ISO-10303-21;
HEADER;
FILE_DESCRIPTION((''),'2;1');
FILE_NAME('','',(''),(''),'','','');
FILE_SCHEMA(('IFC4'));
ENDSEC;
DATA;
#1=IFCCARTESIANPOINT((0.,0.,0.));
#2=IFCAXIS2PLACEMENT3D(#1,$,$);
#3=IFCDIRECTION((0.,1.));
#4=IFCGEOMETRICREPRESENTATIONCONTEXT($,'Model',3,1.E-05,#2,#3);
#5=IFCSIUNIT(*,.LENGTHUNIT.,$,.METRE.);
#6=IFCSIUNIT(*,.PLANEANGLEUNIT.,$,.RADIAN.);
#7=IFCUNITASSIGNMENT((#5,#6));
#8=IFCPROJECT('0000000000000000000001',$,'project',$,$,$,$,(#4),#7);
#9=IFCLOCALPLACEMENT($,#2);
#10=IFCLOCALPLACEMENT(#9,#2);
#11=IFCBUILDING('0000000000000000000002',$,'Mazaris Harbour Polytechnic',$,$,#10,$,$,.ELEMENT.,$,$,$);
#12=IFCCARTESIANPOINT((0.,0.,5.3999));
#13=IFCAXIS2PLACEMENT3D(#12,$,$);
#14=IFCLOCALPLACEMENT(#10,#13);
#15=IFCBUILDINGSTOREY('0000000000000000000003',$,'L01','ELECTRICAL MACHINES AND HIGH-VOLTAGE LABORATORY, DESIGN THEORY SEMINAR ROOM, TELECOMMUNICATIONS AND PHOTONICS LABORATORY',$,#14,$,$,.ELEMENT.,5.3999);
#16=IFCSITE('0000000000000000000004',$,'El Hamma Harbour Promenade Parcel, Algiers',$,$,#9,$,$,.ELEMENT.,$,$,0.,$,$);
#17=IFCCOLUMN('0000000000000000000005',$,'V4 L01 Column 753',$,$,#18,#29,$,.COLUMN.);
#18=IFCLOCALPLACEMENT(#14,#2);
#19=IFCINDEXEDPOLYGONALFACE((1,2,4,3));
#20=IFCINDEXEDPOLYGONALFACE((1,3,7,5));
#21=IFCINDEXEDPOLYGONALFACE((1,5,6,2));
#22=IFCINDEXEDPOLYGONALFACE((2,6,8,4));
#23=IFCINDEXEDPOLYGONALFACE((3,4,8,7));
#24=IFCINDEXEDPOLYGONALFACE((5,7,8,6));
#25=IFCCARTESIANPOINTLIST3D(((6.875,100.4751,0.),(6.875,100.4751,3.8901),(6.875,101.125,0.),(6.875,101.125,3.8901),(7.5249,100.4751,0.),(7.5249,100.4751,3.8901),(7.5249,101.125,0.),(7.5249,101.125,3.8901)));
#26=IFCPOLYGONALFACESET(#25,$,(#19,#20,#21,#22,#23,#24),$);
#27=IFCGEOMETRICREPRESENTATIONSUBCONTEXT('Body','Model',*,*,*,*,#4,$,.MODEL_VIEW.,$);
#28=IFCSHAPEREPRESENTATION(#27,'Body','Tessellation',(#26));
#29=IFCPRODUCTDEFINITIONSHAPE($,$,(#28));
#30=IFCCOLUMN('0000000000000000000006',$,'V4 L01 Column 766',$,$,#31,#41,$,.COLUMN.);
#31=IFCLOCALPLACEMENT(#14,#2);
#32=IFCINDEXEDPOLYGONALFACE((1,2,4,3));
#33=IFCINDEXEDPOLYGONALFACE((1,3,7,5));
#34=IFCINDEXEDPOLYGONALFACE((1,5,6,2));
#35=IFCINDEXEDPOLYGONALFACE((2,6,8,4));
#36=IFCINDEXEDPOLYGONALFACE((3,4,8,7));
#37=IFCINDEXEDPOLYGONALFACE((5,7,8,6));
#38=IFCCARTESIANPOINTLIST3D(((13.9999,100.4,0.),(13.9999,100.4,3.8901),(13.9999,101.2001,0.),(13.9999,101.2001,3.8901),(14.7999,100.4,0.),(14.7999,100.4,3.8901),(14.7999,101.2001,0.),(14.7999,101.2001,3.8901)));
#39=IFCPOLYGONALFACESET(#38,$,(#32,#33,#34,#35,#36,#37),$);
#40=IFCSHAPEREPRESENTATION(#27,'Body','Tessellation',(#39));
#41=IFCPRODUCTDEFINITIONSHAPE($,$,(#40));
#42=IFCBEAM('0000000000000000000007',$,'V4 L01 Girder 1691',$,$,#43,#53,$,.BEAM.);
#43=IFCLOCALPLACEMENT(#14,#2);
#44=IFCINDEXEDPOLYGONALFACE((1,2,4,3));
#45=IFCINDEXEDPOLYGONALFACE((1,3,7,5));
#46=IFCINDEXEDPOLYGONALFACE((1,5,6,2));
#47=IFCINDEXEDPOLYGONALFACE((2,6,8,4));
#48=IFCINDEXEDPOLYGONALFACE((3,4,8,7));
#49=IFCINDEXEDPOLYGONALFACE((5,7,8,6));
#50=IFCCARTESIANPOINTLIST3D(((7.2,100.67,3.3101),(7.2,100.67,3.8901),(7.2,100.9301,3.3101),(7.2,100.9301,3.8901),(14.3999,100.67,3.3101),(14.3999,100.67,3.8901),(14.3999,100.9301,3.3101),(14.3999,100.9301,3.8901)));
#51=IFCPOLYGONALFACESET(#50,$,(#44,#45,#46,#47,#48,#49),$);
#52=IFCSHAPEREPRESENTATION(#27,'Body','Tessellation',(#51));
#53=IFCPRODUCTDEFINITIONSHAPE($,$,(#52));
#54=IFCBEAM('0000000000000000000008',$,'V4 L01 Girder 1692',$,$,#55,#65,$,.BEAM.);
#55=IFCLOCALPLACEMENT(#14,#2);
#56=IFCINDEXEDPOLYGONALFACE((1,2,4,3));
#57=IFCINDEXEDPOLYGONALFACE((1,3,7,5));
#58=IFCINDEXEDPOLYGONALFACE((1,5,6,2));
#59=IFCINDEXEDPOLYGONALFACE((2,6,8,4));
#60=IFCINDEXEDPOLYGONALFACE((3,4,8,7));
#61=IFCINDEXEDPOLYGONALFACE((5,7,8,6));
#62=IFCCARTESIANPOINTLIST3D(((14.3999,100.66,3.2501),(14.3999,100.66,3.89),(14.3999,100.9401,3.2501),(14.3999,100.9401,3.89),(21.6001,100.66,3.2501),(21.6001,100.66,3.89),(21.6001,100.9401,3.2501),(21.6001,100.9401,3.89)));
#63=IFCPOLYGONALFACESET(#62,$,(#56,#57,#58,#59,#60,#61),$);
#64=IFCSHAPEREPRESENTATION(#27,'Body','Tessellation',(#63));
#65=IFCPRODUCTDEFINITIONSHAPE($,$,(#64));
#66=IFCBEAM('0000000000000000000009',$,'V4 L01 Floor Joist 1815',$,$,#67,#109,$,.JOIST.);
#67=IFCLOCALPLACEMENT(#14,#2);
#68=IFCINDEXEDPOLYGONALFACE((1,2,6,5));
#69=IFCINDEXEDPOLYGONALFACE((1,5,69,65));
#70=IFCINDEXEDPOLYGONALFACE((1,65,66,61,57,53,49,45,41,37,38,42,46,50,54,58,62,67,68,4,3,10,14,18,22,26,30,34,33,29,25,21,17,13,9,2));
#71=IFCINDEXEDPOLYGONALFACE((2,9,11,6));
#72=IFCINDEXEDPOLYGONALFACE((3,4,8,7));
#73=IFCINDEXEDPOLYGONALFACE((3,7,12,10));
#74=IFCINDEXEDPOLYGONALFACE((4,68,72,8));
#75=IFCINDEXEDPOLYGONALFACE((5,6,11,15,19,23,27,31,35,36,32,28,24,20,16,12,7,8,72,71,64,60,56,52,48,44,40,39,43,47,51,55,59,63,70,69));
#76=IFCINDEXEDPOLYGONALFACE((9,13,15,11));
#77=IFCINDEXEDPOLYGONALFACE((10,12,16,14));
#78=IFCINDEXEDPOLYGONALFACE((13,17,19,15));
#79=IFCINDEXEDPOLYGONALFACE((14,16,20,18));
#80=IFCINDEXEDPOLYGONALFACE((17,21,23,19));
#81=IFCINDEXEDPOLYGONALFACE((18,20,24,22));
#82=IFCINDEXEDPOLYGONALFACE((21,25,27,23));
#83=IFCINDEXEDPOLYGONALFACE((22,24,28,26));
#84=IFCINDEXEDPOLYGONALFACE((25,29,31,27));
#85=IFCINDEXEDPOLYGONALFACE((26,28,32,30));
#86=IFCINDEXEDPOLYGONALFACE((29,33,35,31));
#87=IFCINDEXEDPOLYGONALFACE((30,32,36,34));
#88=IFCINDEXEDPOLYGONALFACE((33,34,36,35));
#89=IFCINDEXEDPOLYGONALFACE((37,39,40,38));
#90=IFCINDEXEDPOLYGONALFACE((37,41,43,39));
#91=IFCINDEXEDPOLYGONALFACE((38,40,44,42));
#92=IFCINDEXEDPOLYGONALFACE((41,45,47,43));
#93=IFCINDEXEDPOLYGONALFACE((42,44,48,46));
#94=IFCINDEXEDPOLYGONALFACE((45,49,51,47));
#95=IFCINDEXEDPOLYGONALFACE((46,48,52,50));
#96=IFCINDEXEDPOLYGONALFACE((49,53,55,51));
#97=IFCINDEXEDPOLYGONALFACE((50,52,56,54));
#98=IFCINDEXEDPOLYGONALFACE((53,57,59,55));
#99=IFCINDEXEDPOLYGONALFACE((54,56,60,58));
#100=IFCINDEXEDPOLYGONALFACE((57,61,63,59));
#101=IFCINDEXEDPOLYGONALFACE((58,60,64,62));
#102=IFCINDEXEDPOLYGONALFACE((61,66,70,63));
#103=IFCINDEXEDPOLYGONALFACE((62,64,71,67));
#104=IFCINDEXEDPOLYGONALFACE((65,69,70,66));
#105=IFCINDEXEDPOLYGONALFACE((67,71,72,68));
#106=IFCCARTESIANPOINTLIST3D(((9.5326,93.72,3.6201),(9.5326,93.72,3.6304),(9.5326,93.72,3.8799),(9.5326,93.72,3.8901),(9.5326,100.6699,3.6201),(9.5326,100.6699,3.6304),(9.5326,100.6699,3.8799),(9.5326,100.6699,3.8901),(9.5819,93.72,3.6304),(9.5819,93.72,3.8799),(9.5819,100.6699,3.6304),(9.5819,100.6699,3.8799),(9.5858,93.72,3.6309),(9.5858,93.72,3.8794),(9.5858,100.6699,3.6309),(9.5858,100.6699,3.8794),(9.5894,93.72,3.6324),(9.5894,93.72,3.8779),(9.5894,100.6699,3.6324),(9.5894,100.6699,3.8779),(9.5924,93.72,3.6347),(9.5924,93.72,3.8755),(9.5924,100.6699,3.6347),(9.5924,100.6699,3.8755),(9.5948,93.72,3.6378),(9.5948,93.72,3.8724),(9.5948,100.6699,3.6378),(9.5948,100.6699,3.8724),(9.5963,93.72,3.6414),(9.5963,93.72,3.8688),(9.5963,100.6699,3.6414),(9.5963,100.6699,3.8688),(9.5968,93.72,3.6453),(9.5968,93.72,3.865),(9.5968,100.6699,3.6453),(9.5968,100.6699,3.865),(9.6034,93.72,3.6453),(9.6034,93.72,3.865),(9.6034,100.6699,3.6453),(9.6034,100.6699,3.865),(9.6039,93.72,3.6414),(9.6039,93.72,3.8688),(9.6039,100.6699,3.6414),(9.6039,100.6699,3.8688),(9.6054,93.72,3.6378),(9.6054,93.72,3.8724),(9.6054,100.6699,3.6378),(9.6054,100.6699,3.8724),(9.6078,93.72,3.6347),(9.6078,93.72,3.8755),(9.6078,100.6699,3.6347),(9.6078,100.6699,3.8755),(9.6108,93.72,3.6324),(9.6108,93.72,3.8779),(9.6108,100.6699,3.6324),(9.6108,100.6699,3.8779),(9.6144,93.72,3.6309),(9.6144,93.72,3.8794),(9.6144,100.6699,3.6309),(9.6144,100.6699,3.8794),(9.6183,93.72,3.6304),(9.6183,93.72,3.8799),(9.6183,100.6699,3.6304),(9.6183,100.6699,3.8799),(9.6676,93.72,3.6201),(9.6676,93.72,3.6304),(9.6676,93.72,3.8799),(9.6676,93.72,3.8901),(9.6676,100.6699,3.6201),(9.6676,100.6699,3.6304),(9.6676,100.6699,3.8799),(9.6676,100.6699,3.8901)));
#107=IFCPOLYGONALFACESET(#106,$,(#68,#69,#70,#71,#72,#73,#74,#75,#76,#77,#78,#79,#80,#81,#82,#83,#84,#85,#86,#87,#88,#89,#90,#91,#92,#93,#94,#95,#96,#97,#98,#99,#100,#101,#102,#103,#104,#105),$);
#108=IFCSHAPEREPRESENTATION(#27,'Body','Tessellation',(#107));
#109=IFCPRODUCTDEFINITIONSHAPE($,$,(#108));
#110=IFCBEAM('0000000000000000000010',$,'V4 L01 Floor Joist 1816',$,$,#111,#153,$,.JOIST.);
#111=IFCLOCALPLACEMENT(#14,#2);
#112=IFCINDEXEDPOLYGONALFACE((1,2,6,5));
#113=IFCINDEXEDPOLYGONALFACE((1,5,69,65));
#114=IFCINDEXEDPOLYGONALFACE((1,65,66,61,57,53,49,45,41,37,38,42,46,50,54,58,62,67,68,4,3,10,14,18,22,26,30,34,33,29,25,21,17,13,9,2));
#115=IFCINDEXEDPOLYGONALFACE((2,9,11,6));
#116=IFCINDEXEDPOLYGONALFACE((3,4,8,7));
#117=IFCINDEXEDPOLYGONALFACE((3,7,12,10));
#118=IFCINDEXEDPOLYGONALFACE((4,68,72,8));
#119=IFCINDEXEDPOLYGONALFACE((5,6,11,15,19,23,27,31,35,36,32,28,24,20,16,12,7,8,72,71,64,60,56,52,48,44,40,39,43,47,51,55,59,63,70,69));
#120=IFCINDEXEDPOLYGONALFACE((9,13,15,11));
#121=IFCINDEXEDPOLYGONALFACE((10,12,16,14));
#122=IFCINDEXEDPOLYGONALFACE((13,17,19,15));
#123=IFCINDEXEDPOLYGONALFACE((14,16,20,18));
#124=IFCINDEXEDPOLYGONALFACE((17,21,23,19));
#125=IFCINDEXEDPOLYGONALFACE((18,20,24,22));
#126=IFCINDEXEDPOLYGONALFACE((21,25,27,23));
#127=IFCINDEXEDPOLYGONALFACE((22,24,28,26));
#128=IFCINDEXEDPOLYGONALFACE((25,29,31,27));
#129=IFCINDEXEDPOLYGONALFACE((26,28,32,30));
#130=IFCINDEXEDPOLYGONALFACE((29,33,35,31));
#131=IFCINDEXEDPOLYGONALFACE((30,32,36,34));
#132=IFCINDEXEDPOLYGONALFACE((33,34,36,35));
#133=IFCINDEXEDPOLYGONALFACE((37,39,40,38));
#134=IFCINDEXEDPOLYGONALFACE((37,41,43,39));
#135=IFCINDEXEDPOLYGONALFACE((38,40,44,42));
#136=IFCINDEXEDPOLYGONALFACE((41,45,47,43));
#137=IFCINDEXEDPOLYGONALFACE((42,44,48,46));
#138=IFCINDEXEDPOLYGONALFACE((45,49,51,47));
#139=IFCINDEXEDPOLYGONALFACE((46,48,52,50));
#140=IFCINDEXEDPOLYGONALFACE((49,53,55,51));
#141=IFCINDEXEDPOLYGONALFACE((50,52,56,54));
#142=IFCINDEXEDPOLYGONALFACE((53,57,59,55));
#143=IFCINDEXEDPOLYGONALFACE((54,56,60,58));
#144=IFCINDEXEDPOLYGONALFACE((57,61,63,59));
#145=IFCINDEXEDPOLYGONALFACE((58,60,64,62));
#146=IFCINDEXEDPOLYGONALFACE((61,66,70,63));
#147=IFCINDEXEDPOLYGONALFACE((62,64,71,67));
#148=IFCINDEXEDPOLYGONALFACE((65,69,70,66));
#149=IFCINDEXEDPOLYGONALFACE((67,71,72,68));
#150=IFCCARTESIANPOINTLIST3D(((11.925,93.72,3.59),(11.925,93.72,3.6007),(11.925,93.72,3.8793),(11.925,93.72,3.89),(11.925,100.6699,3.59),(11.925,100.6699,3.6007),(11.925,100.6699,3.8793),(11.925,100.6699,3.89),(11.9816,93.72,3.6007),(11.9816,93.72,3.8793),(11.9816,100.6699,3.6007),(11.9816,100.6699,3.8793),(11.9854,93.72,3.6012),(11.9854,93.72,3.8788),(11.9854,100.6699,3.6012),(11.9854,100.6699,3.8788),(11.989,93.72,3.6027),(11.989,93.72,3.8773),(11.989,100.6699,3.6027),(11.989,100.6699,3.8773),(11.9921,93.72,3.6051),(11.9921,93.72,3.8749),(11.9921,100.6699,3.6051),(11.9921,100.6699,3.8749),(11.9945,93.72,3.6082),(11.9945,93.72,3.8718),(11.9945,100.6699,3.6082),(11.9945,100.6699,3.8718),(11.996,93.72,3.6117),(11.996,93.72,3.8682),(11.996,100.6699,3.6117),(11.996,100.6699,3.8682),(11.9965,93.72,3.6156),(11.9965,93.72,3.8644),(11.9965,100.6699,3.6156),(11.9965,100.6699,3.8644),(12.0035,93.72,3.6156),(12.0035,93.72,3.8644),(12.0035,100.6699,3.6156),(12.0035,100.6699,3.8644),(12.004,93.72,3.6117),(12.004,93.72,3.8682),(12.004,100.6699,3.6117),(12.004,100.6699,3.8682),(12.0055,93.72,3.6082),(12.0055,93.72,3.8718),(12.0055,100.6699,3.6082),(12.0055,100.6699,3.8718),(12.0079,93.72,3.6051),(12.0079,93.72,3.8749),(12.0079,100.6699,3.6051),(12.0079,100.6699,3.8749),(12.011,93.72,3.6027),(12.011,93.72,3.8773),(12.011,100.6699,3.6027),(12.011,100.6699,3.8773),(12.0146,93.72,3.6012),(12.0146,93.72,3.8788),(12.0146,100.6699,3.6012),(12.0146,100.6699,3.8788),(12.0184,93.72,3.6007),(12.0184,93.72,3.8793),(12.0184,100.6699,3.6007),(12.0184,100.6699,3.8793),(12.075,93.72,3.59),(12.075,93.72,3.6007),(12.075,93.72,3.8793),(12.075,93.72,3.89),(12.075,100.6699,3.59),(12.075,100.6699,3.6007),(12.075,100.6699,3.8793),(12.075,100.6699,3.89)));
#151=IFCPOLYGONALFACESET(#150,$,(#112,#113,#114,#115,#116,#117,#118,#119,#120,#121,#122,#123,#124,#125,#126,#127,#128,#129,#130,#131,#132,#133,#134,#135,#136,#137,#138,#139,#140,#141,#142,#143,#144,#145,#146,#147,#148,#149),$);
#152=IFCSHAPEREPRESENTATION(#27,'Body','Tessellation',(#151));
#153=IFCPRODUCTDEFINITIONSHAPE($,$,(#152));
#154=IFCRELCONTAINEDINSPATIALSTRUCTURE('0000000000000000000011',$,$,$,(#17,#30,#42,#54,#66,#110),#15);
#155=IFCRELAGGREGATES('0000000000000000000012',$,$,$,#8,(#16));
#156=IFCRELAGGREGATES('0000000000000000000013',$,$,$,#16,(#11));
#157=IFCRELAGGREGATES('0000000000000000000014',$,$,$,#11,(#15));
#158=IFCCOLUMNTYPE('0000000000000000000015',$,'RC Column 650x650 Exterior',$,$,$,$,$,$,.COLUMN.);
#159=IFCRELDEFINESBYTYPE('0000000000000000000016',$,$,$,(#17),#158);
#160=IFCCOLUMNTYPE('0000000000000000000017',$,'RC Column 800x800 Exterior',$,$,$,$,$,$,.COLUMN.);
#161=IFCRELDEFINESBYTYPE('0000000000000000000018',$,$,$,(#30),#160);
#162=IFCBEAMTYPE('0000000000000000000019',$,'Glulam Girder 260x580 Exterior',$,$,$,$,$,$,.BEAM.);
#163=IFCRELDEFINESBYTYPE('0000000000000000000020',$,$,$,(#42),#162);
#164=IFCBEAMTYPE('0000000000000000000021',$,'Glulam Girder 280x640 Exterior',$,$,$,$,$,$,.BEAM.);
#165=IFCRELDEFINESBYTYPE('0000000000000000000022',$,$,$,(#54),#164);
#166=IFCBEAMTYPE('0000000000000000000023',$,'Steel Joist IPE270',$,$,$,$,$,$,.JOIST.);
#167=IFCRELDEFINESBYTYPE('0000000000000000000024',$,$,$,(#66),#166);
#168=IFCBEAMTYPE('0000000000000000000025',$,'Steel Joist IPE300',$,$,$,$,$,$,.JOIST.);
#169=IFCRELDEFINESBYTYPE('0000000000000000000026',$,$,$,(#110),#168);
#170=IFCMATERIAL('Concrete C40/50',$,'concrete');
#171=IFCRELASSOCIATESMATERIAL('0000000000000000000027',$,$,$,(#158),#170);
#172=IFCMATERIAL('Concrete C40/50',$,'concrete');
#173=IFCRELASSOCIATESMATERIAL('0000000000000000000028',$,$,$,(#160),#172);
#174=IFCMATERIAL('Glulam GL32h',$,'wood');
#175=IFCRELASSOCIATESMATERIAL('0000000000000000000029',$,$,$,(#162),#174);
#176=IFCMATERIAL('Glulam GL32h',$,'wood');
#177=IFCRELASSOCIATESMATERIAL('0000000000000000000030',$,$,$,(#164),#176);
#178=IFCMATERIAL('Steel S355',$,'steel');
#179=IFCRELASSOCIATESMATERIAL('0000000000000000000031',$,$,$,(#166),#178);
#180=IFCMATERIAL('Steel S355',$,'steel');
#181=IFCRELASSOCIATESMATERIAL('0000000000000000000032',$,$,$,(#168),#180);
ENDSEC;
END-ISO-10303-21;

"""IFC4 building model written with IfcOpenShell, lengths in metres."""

from ifc_helpers import new_model, si_unit, direction, frame, origin, origin_2d, place, context, subcontext, project, spatial, rectangle, i_section, extrude, material, material_profile, profile_set, type_object, element, save


model = new_model("IFC4")

# Units and contexts
model_context = context("Model", 3, precision=1e-05, world=origin(), true_north=direction((0.0, 1.0)))
body_context = subcontext(model_context, "Body", "Model", "MODEL_VIEW")
ifc_project = project(units=[si_unit("LENGTHUNIT", "METRE"), si_unit("PLANEANGLEUNIT", "RADIAN")], contexts=[model_context])

# Site, building, storey
site_placement = place(None, origin())
site = spatial("IfcSite", under=ifc_project, at=site_placement, Name="El Hamma Harbour Promenade Parcel, Algiers", CompositionType="ELEMENT", RefElevation=0.0)
building_placement = place(site_placement, origin())
building = spatial("IfcBuilding", under=site, at=building_placement, Name="Mazaris Harbour Polytechnic", CompositionType="ELEMENT")
storey_placement = place(building_placement, frame((0.0, 0.0, 5.3999)))
storey = spatial("IfcBuildingStorey", under=building, at=storey_placement, Name="L01", Description="ELECTRICAL MACHINES AND HIGH-VOLTAGE LABORATORY, DESIGN THEORY SEMINAR ROOM, TELECOMMUNICATIONS AND PHOTONICS LABORATORY", CompositionType="ELEMENT", Elevation=5.3999)

# Columns
ifc_material_1 = material(Name="Concrete C40/50", Category="concrete")
ifc_material_profile_1 = material_profile(ifc_material_1, rectangle(XDim=0.6499, YDim=0.6499, at=origin_2d()), Name="RECT650x650")
ifc_profile_set_1 = profile_set([ifc_material_profile_1], Name="Concrete C40/50")
column_type_1 = type_object("IfcColumnType", Name="RC Column 650x650 Exterior", PredefinedType="COLUMN", material=ifc_profile_set_1)
column_1_placement = place(storey_placement, frame((7.2, 100.8, 0.0), z_axis=(0.0, 0.0, 1.0), x_axis=(1.0, 0.0, 0.0)))
element("IfcColumn", 1, at=column_1_placement, inside=storey, type_object=column_type_1, Name="V4 L01 Column 753", PredefinedType="COLUMN", context=body_context, shape_type="SweptSolid", body=[
    extrude(rectangle(XDim=0.6499, YDim=0.6499, at=origin_2d()), origin(), (0.0, 0.0, 1.0), 3.8901),
])
ifc_material_2 = material(Name="Concrete C40/50", Category="concrete")
ifc_material_profile_2 = material_profile(ifc_material_2, rectangle(XDim=0.8, YDim=0.8, at=origin_2d()), Name="RECT800x800")
ifc_profile_set_2 = profile_set([ifc_material_profile_2], Name="Concrete C40/50")
column_type_2 = type_object("IfcColumnType", Name="RC Column 800x800 Exterior", PredefinedType="COLUMN", material=ifc_profile_set_2)
column_2_placement = place(storey_placement, frame((14.3999, 100.8, 0.0), z_axis=(0.0, 0.0, 1.0), x_axis=(1.0, 0.0, 0.0)))
element("IfcColumn", 2, at=column_2_placement, inside=storey, type_object=column_type_2, Name="V4 L01 Column 766", PredefinedType="COLUMN", context=body_context, shape_type="SweptSolid", body=[
    extrude(rectangle(XDim=0.8, YDim=0.8, at=origin_2d()), origin(), (0.0, 0.0, 1.0), 3.8901),
])

# Beams
ifc_material_3 = material(Name="Glulam GL32h", Category="wood")
ifc_material_profile_3 = material_profile(ifc_material_3, rectangle(XDim=0.26, YDim=0.5801, at=origin_2d()), Name="RECT260x580")
ifc_profile_set_3 = profile_set([ifc_material_profile_3], Name="Glulam GL32h")
beam_type_1 = type_object("IfcBeamType", Name="Glulam Girder 260x580 Exterior", PredefinedType="BEAM", material=ifc_profile_set_3)
beam_1_placement = place(storey_placement, frame((7.2, 100.8, 3.6001), z_axis=(1.0, 0.0, 0.0), x_axis=(0.0, 1.0, 0.0)))
element("IfcBeam", 3, at=beam_1_placement, inside=storey, type_object=beam_type_1, Name="V4 L01 Girder 1691", PredefinedType="BEAM", context=body_context, shape_type="SweptSolid", body=[
    extrude(rectangle(XDim=0.26, YDim=0.5801, at=origin_2d()), origin(), (0.0, 0.0, 1.0), 7.2),
])
ifc_material_4 = material(Name="Glulam GL32h", Category="wood")
ifc_material_profile_4 = material_profile(ifc_material_4, rectangle(XDim=0.28, YDim=0.6399, at=origin_2d()), Name="RECT280x640")
ifc_profile_set_4 = profile_set([ifc_material_profile_4], Name="Glulam GL32h")
beam_type_2 = type_object("IfcBeamType", Name="Glulam Girder 280x640 Exterior", PredefinedType="BEAM", material=ifc_profile_set_4)
beam_2_placement = place(storey_placement, frame((14.3999, 100.8, 3.5701), z_axis=(1.0, 0.0, 0.0), x_axis=(0.0, 1.0, 0.0)))
element("IfcBeam", 4, at=beam_2_placement, inside=storey, type_object=beam_type_2, Name="V4 L01 Girder 1692", PredefinedType="BEAM", context=body_context, shape_type="SweptSolid", body=[
    extrude(rectangle(XDim=0.28, YDim=0.6399, at=origin_2d()), origin(), (0.0, 0.0, 1.0), 7.2002),
])
ifc_material_5 = material(Name="Steel S355", Category="steel")
ifc_material_profile_5 = material_profile(ifc_material_5, i_section(OverallWidth=0.135, OverallDepth=0.27, WebThickness=0.0066, FlangeThickness=0.0103, FilletRadius=0.0149, at=origin_2d()), Name="IPE 270")
ifc_profile_set_5 = profile_set([ifc_material_profile_5], Name="Steel S355")
beam_type_3 = type_object("IfcBeamType", Name="Steel Joist IPE270", PredefinedType="JOIST", material=ifc_profile_set_5)
beam_3_placement = place(storey_placement, frame((9.6001, 93.72, 3.7551), z_axis=(0.0, 1.0, 0.0), x_axis=(-1.0, 0.0, 0.0)))
element("IfcBeam", 5, at=beam_3_placement, inside=storey, type_object=beam_type_3, Name="V4 L01 Floor Joist 1815", PredefinedType="JOIST", context=body_context, shape_type="SweptSolid", body=[
    extrude(i_section(OverallWidth=0.135, OverallDepth=0.27, WebThickness=0.0066, FlangeThickness=0.0103, FilletRadius=0.0149, at=origin_2d()), origin(), (0.0, 0.0, 1.0), 6.95),
])
ifc_material_6 = material(Name="Steel S355", Category="steel")
ifc_material_profile_6 = material_profile(ifc_material_6, i_section(OverallWidth=0.1499, OverallDepth=0.3, WebThickness=0.0071, FlangeThickness=0.0107, FilletRadius=0.0149, at=origin_2d()), Name="IPE 300")
ifc_profile_set_6 = profile_set([ifc_material_profile_6], Name="Steel S355")
beam_type_4 = type_object("IfcBeamType", Name="Steel Joist IPE300", PredefinedType="JOIST", material=ifc_profile_set_6)
beam_4_placement = place(storey_placement, frame((12.0, 93.72, 3.74), z_axis=(0.0, 1.0, 0.0), x_axis=(-1.0, 0.0, 0.0)))
element("IfcBeam", 6, at=beam_4_placement, inside=storey, type_object=beam_type_4, Name="V4 L01 Floor Joist 1816", PredefinedType="JOIST", context=body_context, shape_type="SweptSolid", body=[
    extrude(i_section(OverallWidth=0.1499, OverallDepth=0.3, WebThickness=0.0071, FlangeThickness=0.0107, FilletRadius=0.0149, at=origin_2d()), origin(), (0.0, 0.0, 1.0), 6.95),
])

save(model, "model.ifc")
